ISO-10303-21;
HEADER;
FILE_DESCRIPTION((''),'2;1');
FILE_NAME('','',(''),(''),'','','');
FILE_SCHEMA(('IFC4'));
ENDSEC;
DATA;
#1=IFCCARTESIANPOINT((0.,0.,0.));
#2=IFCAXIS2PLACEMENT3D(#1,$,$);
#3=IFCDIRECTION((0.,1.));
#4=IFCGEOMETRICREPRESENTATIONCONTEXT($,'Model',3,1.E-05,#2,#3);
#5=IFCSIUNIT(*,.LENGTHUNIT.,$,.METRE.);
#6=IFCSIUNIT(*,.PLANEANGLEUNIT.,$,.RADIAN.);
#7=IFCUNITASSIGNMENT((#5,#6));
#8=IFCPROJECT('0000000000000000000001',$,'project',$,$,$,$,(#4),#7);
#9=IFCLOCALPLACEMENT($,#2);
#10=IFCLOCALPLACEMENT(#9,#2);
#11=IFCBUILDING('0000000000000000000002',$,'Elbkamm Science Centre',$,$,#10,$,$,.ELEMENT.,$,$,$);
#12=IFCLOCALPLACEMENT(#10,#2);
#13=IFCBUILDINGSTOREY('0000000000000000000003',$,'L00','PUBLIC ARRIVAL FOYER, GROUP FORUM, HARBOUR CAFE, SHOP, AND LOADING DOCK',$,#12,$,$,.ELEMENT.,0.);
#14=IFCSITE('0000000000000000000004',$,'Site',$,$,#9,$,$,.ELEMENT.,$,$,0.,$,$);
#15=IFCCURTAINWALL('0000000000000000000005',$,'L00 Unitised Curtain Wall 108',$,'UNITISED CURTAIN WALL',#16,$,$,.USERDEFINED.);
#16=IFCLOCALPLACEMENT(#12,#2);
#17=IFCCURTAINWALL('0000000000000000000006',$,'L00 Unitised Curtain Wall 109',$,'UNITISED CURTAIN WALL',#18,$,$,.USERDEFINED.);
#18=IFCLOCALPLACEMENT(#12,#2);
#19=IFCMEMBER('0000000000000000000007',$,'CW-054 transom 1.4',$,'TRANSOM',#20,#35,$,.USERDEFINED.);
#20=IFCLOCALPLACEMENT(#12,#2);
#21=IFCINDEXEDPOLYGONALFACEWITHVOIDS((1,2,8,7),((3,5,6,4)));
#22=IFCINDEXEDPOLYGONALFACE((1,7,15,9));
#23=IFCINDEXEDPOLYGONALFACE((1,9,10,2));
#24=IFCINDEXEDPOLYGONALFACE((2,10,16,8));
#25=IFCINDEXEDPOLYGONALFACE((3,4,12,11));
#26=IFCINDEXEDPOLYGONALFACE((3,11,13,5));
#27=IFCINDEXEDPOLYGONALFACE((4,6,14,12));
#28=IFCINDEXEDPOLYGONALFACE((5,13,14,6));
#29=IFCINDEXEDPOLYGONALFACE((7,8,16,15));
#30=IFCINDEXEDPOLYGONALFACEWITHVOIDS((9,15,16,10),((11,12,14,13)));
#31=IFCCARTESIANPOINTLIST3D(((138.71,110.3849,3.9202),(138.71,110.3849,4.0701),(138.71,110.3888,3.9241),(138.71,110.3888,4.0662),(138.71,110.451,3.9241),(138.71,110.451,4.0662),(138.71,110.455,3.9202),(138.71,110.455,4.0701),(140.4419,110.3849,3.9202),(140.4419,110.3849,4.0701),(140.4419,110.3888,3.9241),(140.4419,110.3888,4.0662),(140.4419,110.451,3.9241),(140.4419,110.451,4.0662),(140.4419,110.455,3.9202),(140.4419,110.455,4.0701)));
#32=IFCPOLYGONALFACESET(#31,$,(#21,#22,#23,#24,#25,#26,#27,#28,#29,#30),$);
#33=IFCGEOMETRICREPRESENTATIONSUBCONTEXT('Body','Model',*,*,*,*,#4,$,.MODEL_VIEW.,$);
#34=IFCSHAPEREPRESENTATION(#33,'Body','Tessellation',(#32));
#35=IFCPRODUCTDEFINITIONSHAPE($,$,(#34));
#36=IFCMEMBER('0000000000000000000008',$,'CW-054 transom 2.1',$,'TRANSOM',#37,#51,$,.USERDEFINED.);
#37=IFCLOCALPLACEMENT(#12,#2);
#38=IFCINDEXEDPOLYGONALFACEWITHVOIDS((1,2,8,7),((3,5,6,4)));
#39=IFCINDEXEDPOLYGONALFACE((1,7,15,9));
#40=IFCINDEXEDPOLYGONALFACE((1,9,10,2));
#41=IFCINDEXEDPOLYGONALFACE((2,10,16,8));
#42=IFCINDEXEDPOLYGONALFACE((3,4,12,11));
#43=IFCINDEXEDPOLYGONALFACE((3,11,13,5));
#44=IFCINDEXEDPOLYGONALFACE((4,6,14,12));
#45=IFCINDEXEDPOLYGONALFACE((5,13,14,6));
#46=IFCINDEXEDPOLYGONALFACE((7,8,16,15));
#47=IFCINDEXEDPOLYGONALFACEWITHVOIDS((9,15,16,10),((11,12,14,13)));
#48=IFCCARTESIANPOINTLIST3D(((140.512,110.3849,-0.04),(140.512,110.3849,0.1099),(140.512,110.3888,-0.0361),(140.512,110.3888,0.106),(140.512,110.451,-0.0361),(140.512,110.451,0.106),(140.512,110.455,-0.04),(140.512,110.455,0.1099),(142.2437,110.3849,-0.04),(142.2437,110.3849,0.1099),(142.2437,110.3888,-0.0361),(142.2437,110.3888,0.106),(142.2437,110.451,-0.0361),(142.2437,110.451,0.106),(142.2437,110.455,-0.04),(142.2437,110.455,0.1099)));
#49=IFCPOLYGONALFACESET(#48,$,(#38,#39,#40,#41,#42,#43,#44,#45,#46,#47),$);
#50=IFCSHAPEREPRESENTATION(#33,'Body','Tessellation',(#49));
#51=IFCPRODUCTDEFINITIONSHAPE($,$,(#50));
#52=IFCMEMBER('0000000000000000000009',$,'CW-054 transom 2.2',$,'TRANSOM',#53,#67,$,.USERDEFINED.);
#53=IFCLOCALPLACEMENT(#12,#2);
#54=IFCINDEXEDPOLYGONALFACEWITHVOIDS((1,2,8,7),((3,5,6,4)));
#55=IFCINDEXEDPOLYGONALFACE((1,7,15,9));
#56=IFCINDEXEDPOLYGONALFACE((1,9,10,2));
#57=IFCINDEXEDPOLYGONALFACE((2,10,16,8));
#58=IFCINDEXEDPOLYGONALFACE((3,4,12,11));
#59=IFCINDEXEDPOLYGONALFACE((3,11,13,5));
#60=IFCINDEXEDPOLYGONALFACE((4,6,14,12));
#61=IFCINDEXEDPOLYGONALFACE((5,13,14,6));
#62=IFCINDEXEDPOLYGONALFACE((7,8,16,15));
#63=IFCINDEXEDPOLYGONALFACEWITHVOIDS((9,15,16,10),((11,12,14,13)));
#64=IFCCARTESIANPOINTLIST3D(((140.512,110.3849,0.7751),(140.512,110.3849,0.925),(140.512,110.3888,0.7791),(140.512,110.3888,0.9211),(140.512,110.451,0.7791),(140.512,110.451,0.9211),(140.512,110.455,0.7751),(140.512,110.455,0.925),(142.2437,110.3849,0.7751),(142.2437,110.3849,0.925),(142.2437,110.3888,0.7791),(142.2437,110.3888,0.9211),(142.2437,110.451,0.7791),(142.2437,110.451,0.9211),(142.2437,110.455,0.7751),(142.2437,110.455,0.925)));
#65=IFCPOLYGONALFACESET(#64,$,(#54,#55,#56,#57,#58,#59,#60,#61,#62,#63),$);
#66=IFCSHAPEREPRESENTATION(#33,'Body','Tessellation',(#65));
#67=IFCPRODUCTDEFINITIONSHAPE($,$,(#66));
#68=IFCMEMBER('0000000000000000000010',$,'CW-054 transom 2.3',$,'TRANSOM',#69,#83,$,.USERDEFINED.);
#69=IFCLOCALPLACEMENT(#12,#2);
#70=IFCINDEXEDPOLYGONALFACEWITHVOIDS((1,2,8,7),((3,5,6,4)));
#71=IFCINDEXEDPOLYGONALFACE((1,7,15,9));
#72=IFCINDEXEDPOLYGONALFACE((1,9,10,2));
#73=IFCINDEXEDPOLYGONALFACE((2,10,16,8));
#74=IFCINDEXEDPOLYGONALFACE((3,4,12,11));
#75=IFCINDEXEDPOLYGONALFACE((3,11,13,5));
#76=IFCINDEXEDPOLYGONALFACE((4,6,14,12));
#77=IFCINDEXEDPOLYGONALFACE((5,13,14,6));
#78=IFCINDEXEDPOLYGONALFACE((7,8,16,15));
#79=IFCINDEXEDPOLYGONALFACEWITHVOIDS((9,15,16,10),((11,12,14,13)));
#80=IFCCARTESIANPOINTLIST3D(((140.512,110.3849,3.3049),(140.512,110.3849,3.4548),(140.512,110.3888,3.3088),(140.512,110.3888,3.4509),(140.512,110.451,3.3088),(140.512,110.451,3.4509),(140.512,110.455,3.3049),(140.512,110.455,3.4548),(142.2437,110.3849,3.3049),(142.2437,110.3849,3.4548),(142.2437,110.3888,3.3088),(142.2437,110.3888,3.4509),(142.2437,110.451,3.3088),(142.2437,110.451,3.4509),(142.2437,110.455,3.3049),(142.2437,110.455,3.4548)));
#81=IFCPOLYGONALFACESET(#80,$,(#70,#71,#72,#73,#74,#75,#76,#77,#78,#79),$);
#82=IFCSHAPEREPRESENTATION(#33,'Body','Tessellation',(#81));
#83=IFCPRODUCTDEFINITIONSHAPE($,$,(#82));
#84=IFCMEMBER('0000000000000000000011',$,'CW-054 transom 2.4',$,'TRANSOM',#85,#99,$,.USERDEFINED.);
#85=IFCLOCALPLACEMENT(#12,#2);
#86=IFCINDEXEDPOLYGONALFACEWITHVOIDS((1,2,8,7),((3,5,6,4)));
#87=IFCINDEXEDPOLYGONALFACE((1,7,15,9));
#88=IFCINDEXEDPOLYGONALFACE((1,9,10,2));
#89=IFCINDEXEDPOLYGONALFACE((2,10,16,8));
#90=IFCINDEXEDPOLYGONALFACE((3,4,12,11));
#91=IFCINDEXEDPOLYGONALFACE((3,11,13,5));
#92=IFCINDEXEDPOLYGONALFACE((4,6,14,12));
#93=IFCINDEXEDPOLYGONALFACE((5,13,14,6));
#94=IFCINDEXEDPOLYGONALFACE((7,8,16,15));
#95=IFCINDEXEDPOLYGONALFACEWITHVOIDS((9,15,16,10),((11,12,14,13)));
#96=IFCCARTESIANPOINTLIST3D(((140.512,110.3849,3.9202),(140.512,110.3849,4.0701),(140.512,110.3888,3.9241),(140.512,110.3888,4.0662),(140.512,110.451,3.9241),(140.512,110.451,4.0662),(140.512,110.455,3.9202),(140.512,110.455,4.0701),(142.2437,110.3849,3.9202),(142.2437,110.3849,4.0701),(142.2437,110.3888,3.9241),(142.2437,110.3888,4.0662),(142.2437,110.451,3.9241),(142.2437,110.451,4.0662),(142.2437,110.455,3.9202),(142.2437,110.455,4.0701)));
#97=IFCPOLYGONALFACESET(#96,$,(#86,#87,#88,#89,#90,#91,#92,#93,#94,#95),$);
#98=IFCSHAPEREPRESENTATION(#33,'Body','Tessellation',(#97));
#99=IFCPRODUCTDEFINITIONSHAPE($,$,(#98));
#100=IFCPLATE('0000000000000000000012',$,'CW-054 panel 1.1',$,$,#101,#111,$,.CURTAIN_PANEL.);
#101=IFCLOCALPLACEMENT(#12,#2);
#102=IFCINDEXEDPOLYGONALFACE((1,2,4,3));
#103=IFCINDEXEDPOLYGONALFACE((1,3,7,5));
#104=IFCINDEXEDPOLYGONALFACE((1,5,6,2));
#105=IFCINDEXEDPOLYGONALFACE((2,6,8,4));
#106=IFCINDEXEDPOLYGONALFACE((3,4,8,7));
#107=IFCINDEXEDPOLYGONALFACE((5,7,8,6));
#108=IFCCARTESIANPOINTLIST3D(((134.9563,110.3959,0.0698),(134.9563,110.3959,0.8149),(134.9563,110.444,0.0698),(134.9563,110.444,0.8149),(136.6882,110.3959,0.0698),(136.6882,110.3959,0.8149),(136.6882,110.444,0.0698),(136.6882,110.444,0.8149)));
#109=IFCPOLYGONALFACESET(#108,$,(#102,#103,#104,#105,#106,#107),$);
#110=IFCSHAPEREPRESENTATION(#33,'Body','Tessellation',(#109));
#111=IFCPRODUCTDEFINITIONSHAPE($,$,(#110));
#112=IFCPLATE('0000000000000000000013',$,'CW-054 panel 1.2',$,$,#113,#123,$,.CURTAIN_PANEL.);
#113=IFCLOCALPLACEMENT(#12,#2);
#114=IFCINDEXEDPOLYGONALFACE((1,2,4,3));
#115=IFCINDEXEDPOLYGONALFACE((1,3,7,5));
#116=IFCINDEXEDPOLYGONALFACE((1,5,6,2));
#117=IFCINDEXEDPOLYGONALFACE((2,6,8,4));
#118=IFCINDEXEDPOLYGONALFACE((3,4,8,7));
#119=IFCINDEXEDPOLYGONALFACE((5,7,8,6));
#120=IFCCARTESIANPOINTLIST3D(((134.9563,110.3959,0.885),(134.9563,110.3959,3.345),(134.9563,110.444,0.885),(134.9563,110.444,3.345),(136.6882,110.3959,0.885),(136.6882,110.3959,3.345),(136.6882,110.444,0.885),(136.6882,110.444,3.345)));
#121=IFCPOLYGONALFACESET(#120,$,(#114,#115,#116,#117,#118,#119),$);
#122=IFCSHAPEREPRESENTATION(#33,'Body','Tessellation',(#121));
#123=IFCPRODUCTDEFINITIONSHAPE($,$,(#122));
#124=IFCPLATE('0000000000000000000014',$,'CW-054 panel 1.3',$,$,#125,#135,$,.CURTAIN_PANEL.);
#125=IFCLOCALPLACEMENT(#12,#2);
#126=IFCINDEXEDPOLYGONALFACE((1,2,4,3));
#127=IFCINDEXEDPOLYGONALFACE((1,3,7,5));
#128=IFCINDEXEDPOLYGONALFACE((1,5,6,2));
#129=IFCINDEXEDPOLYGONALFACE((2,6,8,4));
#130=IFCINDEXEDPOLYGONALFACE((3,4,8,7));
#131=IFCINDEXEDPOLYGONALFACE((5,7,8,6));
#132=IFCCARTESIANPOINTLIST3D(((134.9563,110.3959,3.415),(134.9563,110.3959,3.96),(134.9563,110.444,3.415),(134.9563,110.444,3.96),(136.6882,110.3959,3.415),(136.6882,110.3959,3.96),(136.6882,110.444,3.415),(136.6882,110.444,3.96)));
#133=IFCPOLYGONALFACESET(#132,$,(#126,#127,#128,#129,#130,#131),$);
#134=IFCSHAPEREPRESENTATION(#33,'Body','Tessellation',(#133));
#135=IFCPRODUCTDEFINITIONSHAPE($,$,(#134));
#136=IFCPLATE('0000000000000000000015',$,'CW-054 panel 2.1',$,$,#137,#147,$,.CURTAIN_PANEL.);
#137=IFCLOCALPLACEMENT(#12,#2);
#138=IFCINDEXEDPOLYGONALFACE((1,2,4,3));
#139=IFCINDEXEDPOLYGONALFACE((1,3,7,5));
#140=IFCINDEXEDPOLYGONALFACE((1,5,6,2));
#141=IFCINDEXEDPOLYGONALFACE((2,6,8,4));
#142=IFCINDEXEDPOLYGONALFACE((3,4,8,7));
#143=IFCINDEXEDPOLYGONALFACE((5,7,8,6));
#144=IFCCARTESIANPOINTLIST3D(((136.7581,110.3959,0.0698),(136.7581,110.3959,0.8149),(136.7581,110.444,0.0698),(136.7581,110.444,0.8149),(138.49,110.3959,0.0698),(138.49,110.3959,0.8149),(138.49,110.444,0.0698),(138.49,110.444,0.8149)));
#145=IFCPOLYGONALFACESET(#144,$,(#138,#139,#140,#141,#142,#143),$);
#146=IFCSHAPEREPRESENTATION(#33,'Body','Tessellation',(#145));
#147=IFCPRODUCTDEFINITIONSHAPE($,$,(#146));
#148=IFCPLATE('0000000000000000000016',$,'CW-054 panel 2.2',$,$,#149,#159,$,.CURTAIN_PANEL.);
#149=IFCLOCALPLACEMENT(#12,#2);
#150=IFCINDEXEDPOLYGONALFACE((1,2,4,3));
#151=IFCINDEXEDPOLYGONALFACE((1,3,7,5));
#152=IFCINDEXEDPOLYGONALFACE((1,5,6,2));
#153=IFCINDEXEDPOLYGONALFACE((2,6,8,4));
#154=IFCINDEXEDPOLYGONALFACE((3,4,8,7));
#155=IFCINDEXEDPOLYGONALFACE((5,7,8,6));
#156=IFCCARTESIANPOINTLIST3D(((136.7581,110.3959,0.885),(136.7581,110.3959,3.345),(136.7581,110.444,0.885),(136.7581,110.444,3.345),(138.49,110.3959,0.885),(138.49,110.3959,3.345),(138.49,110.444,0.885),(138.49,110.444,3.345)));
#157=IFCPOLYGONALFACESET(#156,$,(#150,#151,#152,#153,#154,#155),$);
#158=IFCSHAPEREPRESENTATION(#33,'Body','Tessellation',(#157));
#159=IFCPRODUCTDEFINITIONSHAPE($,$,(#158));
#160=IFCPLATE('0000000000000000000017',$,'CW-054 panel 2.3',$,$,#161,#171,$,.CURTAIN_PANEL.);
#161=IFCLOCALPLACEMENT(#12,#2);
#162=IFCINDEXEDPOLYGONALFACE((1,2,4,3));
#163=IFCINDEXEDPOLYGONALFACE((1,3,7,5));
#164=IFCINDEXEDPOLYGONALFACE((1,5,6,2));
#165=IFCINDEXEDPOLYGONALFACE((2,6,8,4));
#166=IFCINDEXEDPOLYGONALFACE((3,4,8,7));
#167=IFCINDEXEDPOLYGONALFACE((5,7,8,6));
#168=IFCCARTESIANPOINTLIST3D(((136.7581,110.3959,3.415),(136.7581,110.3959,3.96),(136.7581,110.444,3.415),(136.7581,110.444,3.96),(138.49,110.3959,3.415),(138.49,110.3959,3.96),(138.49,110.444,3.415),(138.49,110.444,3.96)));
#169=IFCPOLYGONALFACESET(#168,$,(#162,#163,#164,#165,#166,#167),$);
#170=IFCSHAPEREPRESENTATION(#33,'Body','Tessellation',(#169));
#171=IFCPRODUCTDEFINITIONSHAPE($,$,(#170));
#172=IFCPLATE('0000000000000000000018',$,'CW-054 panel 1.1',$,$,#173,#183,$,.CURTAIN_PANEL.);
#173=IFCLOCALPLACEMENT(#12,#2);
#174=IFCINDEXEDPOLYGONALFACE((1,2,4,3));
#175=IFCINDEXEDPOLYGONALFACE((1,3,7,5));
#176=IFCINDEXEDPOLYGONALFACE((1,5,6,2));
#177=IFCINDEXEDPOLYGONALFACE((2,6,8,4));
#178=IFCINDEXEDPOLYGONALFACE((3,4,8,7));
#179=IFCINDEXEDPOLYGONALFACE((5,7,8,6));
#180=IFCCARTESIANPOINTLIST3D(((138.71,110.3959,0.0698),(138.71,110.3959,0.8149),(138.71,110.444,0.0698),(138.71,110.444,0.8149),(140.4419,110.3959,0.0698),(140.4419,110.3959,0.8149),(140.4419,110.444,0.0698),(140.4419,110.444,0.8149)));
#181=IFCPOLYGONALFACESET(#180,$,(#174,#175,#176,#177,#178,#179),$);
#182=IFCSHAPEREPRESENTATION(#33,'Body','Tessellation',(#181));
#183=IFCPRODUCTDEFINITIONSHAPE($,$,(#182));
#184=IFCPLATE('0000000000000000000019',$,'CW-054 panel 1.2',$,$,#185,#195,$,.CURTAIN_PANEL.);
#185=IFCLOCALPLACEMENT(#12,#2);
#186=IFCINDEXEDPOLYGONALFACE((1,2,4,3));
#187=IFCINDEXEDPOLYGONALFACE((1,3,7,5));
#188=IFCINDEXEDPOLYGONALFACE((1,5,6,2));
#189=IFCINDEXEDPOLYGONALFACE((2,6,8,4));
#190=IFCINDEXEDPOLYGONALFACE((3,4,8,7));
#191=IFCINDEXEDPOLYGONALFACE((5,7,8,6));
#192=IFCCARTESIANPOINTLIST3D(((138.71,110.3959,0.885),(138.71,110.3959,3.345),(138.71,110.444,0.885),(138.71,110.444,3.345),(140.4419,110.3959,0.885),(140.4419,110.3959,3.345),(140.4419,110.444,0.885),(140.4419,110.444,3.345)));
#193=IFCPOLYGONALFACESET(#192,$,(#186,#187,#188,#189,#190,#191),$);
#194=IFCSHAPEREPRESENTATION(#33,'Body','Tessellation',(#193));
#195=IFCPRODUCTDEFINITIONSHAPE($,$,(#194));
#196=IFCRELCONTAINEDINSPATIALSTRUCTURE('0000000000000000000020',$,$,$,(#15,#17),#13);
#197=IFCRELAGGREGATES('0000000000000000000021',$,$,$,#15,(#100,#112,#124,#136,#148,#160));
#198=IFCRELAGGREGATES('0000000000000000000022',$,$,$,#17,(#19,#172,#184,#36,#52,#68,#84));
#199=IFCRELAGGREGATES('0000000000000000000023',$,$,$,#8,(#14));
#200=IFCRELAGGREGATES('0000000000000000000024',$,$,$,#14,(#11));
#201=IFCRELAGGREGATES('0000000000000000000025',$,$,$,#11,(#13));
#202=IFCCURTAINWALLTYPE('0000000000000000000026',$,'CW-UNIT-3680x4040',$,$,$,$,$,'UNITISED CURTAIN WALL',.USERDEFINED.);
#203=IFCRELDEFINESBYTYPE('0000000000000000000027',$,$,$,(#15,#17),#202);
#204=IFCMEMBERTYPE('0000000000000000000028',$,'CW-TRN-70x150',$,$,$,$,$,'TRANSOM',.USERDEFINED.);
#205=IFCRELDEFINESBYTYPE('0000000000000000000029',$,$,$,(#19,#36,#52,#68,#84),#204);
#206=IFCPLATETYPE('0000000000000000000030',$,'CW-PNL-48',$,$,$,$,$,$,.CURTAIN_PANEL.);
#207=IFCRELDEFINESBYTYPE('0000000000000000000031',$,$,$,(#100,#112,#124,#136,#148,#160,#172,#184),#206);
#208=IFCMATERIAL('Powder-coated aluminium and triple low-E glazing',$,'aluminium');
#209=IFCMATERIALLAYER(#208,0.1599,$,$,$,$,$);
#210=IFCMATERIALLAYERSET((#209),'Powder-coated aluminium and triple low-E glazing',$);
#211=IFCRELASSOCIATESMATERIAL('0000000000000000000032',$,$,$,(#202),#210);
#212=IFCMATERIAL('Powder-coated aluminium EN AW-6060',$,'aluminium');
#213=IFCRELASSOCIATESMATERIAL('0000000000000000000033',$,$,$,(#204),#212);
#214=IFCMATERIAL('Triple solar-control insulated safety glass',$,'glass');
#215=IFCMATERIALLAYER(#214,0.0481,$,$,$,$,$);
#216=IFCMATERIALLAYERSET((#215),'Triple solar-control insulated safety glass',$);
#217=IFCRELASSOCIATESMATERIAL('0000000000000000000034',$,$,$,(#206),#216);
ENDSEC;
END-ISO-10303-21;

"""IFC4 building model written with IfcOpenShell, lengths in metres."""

from ifc_helpers import new_model, si_unit, direction, frame, origin, origin_2d, place, context, subcontext, project, spatial, rectangle, hollow_rectangle, extrude, material, layer, layer_set, material_profile, profile_set, type_object, element, aggregate, save


model = new_model("IFC4")

# Units and contexts
model_context = context("Model", 3, precision=1e-05, world=origin(), true_north=direction((0.0, 1.0)))
body_context = subcontext(model_context, "Body", "Model", "MODEL_VIEW")
ifc_project = project(units=[si_unit("LENGTHUNIT", "METRE"), si_unit("PLANEANGLEUNIT", "RADIAN")], contexts=[model_context])

# Site, building, storey
site_placement = place(None, origin())
site = spatial("IfcSite", under=ifc_project, at=site_placement, Name="Site", CompositionType="ELEMENT", RefElevation=0.0)
building_placement = place(site_placement, origin())
building = spatial("IfcBuilding", under=site, at=building_placement, Name="Elbkamm Science Centre", CompositionType="ELEMENT")
storey_placement = place(building_placement, origin())
storey = spatial("IfcBuildingStorey", under=building, at=storey_placement, Name="L00", Description="PUBLIC ARRIVAL FOYER, GROUP FORUM, HARBOUR CAFE, SHOP, AND LOADING DOCK", CompositionType="ELEMENT", Elevation=0.0)

# Curtain walls
ifc_material_1 = material(Name="Powder-coated aluminium and triple low-E glazing", Category="aluminium")
ifc_layer_1 = layer(ifc_material_1, 0.1599)
ifc_layer_set_1 = layer_set([ifc_layer_1], Name="Powder-coated aluminium and triple low-E glazing")
curtain_wall_type = type_object("IfcCurtainWallType", Name="CW-UNIT-3680x4040", ElementType="UNITISED CURTAIN WALL", PredefinedType="USERDEFINED", material=ifc_layer_set_1)
curtain_wall_1_placement = place(storey_placement, origin())
curtain_wall_1 = element("IfcCurtainWall", 1, at=curtain_wall_1_placement, inside=storey, type_object=curtain_wall_type, Name="L00 Unitised Curtain Wall 108", ObjectType="UNITISED CURTAIN WALL", PredefinedType="USERDEFINED")
ifc_material_2 = material(Name="Powder-coated aluminium EN AW-6060", Category="aluminium")
curtain_wall_2_placement = place(storey_placement, origin())
curtain_wall_2 = element("IfcCurtainWall", 2, at=curtain_wall_2_placement, inside=storey, type_object=curtain_wall_type, Name="L00 Unitised Curtain Wall 109", ObjectType="UNITISED CURTAIN WALL", PredefinedType="USERDEFINED")

# Members
ifc_material_profile_1 = material_profile(ifc_material_2, hollow_rectangle(XDim=0.0701, YDim=0.1499, WallThickness=0.0039, at=origin_2d()), Name="ALU T70x150")
ifc_profile_set_1 = profile_set([ifc_material_profile_1], Name="Powder-coated aluminium EN AW-6060")
member_type_1 = type_object("IfcMemberType", Name="CW-TRN-70x150", ElementType="TRANSOM", PredefinedType="USERDEFINED", material=ifc_profile_set_1)
member_1_placement = place(storey_placement, frame((138.71, 110.4199, 3.9951), z_axis=(1.0, 0.0, 0.0), x_axis=(0.0, 1.0, 0.0)))
member_1 = element("IfcMember", 3, at=member_1_placement, type_object=member_type_1, Name="CW-054 transom 1.4", ObjectType="TRANSOM", PredefinedType="USERDEFINED", context=body_context, shape_type="SweptSolid", body=[
    extrude(hollow_rectangle(XDim=0.0701, YDim=0.1499, WallThickness=0.0039, at=origin_2d()), origin(), (0.0, 0.0, 1.0), 1.7319),
])
member_2_placement = place(storey_placement, frame((140.512, 110.4199, 0.0349), z_axis=(1.0, 0.0, 0.0), x_axis=(0.0, 1.0, 0.0)))
member_2 = element("IfcMember", 4, at=member_2_placement, type_object=member_type_1, Name="CW-054 transom 2.1", ObjectType="TRANSOM", PredefinedType="USERDEFINED", context=body_context, shape_type="SweptSolid", body=[
    extrude(hollow_rectangle(XDim=0.0701, YDim=0.1499, WallThickness=0.0039, at=origin_2d()), origin(), (0.0, 0.0, 1.0), 1.7317),
])
member_3_placement = place(storey_placement, frame((140.512, 110.4199, 0.8501), z_axis=(1.0, 0.0, 0.0), x_axis=(0.0, 1.0, 0.0)))
member_3 = element("IfcMember", 5, at=member_3_placement, type_object=member_type_1, Name="CW-054 transom 2.2", ObjectType="TRANSOM", PredefinedType="USERDEFINED", context=body_context, shape_type="SweptSolid", body=[
    extrude(hollow_rectangle(XDim=0.0701, YDim=0.1499, WallThickness=0.0039, at=origin_2d()), origin(), (0.0, 0.0, 1.0), 1.7317),
])
member_4_placement = place(storey_placement, frame((140.512, 110.4199, 3.3799), z_axis=(1.0, 0.0, 0.0), x_axis=(0.0, 1.0, 0.0)))
member_4 = element("IfcMember", 6, at=member_4_placement, type_object=member_type_1, Name="CW-054 transom 2.3", ObjectType="TRANSOM", PredefinedType="USERDEFINED", context=body_context, shape_type="SweptSolid", body=[
    extrude(hollow_rectangle(XDim=0.0701, YDim=0.1499, WallThickness=0.0039, at=origin_2d()), origin(), (0.0, 0.0, 1.0), 1.7317),
])
member_5_placement = place(storey_placement, frame((140.512, 110.4199, 3.9951), z_axis=(1.0, 0.0, 0.0), x_axis=(0.0, 1.0, 0.0)))
member_5 = element("IfcMember", 7, at=member_5_placement, type_object=member_type_1, Name="CW-054 transom 2.4", ObjectType="TRANSOM", PredefinedType="USERDEFINED", context=body_context, shape_type="SweptSolid", body=[
    extrude(hollow_rectangle(XDim=0.0701, YDim=0.1499, WallThickness=0.0039, at=origin_2d()), origin(), (0.0, 0.0, 1.0), 1.7317),
])

# Plates
ifc_material_3 = material(Name="Triple solar-control insulated safety glass", Category="glass")
ifc_layer_2 = layer(ifc_material_3, 0.0481)
ifc_layer_set_2 = layer_set([ifc_layer_2], Name="Triple solar-control insulated safety glass")
plate_type = type_object("IfcPlateType", Name="CW-PNL-48", PredefinedType="CURTAIN_PANEL", material=ifc_layer_set_2)
plate_1_placement = place(storey_placement, frame((135.8223, 110.4199, 0.0698), z_axis=(0.0, 0.0, 1.0), x_axis=(1.0, 0.0, 0.0)))
plate_1 = element("IfcPlate", 8, at=plate_1_placement, type_object=plate_type, Name="CW-054 panel 1.1", PredefinedType="CURTAIN_PANEL", context=body_context, shape_type="SweptSolid", body=[
    extrude(rectangle(XDim=1.7319, YDim=0.0481, at=origin_2d()), origin(), (0.0, 0.0, 1.0), 0.7451),
])
plate_2_placement = place(storey_placement, frame((135.8223, 110.4199, 0.885), z_axis=(0.0, 0.0, 1.0), x_axis=(1.0, 0.0, 0.0)))
plate_2 = element("IfcPlate", 9, at=plate_2_placement, type_object=plate_type, Name="CW-054 panel 1.2", PredefinedType="CURTAIN_PANEL", context=body_context, shape_type="SweptSolid", body=[
    extrude(rectangle(XDim=1.7319, YDim=0.0481, at=origin_2d()), origin(), (0.0, 0.0, 1.0), 2.46),
])
plate_3_placement = place(storey_placement, frame((135.8223, 110.4199, 3.415), z_axis=(0.0, 0.0, 1.0), x_axis=(1.0, 0.0, 0.0)))
plate_3 = element("IfcPlate", 10, at=plate_3_placement, type_object=plate_type, Name="CW-054 panel 1.3", PredefinedType="CURTAIN_PANEL", context=body_context, shape_type="SweptSolid", body=[
    extrude(rectangle(XDim=1.7319, YDim=0.0481, at=origin_2d()), origin(), (0.0, 0.0, 1.0), 0.5449),
])
plate_4_placement = place(storey_placement, frame((137.624, 110.4199, 0.0698), z_axis=(0.0, 0.0, 1.0), x_axis=(1.0, 0.0, 0.0)))
plate_4 = element("IfcPlate", 11, at=plate_4_placement, type_object=plate_type, Name="CW-054 panel 2.1", PredefinedType="CURTAIN_PANEL", context=body_context, shape_type="SweptSolid", body=[
    extrude(rectangle(XDim=1.7319, YDim=0.0481, at=origin_2d()), origin(), (0.0, 0.0, 1.0), 0.7451),
])
plate_5_placement = place(storey_placement, frame((137.624, 110.4199, 0.885), z_axis=(0.0, 0.0, 1.0), x_axis=(1.0, 0.0, 0.0)))
plate_5 = element("IfcPlate", 12, at=plate_5_placement, type_object=plate_type, Name="CW-054 panel 2.2", PredefinedType="CURTAIN_PANEL", context=body_context, shape_type="SweptSolid", body=[
    extrude(rectangle(XDim=1.7319, YDim=0.0481, at=origin_2d()), origin(), (0.0, 0.0, 1.0), 2.46),
])
plate_6_placement = place(storey_placement, frame((137.624, 110.4199, 3.415), z_axis=(0.0, 0.0, 1.0), x_axis=(1.0, 0.0, 0.0)))
plate_6 = element("IfcPlate", 13, at=plate_6_placement, type_object=plate_type, Name="CW-054 panel 2.3", PredefinedType="CURTAIN_PANEL", context=body_context, shape_type="SweptSolid", body=[
    extrude(rectangle(XDim=1.7319, YDim=0.0481, at=origin_2d()), origin(), (0.0, 0.0, 1.0), 0.5449),
])
aggregate(curtain_wall_1, [plate_1, plate_2, plate_3, plate_4, plate_5, plate_6])
plate_7_placement = place(storey_placement, frame((139.5759, 110.4199, 0.0698), z_axis=(0.0, 0.0, 1.0), x_axis=(1.0, 0.0, 0.0)))
plate_7 = element("IfcPlate", 14, at=plate_7_placement, type_object=plate_type, Name="CW-054 panel 1.1", PredefinedType="CURTAIN_PANEL", context=body_context, shape_type="SweptSolid", body=[
    extrude(rectangle(XDim=1.7319, YDim=0.0481, at=origin_2d()), origin(), (0.0, 0.0, 1.0), 0.7451),
])
plate_8_placement = place(storey_placement, frame((139.5759, 110.4199, 0.885), z_axis=(0.0, 0.0, 1.0), x_axis=(1.0, 0.0, 0.0)))
plate_8 = element("IfcPlate", 15, at=plate_8_placement, type_object=plate_type, Name="CW-054 panel 1.2", PredefinedType="CURTAIN_PANEL", context=body_context, shape_type="SweptSolid", body=[
    extrude(rectangle(XDim=1.7319, YDim=0.0481, at=origin_2d()), origin(), (0.0, 0.0, 1.0), 2.46),
])
aggregate(curtain_wall_2, [member_1, plate_7, plate_8, member_2, member_3, member_4, member_5])

save(model, "model.ifc")
